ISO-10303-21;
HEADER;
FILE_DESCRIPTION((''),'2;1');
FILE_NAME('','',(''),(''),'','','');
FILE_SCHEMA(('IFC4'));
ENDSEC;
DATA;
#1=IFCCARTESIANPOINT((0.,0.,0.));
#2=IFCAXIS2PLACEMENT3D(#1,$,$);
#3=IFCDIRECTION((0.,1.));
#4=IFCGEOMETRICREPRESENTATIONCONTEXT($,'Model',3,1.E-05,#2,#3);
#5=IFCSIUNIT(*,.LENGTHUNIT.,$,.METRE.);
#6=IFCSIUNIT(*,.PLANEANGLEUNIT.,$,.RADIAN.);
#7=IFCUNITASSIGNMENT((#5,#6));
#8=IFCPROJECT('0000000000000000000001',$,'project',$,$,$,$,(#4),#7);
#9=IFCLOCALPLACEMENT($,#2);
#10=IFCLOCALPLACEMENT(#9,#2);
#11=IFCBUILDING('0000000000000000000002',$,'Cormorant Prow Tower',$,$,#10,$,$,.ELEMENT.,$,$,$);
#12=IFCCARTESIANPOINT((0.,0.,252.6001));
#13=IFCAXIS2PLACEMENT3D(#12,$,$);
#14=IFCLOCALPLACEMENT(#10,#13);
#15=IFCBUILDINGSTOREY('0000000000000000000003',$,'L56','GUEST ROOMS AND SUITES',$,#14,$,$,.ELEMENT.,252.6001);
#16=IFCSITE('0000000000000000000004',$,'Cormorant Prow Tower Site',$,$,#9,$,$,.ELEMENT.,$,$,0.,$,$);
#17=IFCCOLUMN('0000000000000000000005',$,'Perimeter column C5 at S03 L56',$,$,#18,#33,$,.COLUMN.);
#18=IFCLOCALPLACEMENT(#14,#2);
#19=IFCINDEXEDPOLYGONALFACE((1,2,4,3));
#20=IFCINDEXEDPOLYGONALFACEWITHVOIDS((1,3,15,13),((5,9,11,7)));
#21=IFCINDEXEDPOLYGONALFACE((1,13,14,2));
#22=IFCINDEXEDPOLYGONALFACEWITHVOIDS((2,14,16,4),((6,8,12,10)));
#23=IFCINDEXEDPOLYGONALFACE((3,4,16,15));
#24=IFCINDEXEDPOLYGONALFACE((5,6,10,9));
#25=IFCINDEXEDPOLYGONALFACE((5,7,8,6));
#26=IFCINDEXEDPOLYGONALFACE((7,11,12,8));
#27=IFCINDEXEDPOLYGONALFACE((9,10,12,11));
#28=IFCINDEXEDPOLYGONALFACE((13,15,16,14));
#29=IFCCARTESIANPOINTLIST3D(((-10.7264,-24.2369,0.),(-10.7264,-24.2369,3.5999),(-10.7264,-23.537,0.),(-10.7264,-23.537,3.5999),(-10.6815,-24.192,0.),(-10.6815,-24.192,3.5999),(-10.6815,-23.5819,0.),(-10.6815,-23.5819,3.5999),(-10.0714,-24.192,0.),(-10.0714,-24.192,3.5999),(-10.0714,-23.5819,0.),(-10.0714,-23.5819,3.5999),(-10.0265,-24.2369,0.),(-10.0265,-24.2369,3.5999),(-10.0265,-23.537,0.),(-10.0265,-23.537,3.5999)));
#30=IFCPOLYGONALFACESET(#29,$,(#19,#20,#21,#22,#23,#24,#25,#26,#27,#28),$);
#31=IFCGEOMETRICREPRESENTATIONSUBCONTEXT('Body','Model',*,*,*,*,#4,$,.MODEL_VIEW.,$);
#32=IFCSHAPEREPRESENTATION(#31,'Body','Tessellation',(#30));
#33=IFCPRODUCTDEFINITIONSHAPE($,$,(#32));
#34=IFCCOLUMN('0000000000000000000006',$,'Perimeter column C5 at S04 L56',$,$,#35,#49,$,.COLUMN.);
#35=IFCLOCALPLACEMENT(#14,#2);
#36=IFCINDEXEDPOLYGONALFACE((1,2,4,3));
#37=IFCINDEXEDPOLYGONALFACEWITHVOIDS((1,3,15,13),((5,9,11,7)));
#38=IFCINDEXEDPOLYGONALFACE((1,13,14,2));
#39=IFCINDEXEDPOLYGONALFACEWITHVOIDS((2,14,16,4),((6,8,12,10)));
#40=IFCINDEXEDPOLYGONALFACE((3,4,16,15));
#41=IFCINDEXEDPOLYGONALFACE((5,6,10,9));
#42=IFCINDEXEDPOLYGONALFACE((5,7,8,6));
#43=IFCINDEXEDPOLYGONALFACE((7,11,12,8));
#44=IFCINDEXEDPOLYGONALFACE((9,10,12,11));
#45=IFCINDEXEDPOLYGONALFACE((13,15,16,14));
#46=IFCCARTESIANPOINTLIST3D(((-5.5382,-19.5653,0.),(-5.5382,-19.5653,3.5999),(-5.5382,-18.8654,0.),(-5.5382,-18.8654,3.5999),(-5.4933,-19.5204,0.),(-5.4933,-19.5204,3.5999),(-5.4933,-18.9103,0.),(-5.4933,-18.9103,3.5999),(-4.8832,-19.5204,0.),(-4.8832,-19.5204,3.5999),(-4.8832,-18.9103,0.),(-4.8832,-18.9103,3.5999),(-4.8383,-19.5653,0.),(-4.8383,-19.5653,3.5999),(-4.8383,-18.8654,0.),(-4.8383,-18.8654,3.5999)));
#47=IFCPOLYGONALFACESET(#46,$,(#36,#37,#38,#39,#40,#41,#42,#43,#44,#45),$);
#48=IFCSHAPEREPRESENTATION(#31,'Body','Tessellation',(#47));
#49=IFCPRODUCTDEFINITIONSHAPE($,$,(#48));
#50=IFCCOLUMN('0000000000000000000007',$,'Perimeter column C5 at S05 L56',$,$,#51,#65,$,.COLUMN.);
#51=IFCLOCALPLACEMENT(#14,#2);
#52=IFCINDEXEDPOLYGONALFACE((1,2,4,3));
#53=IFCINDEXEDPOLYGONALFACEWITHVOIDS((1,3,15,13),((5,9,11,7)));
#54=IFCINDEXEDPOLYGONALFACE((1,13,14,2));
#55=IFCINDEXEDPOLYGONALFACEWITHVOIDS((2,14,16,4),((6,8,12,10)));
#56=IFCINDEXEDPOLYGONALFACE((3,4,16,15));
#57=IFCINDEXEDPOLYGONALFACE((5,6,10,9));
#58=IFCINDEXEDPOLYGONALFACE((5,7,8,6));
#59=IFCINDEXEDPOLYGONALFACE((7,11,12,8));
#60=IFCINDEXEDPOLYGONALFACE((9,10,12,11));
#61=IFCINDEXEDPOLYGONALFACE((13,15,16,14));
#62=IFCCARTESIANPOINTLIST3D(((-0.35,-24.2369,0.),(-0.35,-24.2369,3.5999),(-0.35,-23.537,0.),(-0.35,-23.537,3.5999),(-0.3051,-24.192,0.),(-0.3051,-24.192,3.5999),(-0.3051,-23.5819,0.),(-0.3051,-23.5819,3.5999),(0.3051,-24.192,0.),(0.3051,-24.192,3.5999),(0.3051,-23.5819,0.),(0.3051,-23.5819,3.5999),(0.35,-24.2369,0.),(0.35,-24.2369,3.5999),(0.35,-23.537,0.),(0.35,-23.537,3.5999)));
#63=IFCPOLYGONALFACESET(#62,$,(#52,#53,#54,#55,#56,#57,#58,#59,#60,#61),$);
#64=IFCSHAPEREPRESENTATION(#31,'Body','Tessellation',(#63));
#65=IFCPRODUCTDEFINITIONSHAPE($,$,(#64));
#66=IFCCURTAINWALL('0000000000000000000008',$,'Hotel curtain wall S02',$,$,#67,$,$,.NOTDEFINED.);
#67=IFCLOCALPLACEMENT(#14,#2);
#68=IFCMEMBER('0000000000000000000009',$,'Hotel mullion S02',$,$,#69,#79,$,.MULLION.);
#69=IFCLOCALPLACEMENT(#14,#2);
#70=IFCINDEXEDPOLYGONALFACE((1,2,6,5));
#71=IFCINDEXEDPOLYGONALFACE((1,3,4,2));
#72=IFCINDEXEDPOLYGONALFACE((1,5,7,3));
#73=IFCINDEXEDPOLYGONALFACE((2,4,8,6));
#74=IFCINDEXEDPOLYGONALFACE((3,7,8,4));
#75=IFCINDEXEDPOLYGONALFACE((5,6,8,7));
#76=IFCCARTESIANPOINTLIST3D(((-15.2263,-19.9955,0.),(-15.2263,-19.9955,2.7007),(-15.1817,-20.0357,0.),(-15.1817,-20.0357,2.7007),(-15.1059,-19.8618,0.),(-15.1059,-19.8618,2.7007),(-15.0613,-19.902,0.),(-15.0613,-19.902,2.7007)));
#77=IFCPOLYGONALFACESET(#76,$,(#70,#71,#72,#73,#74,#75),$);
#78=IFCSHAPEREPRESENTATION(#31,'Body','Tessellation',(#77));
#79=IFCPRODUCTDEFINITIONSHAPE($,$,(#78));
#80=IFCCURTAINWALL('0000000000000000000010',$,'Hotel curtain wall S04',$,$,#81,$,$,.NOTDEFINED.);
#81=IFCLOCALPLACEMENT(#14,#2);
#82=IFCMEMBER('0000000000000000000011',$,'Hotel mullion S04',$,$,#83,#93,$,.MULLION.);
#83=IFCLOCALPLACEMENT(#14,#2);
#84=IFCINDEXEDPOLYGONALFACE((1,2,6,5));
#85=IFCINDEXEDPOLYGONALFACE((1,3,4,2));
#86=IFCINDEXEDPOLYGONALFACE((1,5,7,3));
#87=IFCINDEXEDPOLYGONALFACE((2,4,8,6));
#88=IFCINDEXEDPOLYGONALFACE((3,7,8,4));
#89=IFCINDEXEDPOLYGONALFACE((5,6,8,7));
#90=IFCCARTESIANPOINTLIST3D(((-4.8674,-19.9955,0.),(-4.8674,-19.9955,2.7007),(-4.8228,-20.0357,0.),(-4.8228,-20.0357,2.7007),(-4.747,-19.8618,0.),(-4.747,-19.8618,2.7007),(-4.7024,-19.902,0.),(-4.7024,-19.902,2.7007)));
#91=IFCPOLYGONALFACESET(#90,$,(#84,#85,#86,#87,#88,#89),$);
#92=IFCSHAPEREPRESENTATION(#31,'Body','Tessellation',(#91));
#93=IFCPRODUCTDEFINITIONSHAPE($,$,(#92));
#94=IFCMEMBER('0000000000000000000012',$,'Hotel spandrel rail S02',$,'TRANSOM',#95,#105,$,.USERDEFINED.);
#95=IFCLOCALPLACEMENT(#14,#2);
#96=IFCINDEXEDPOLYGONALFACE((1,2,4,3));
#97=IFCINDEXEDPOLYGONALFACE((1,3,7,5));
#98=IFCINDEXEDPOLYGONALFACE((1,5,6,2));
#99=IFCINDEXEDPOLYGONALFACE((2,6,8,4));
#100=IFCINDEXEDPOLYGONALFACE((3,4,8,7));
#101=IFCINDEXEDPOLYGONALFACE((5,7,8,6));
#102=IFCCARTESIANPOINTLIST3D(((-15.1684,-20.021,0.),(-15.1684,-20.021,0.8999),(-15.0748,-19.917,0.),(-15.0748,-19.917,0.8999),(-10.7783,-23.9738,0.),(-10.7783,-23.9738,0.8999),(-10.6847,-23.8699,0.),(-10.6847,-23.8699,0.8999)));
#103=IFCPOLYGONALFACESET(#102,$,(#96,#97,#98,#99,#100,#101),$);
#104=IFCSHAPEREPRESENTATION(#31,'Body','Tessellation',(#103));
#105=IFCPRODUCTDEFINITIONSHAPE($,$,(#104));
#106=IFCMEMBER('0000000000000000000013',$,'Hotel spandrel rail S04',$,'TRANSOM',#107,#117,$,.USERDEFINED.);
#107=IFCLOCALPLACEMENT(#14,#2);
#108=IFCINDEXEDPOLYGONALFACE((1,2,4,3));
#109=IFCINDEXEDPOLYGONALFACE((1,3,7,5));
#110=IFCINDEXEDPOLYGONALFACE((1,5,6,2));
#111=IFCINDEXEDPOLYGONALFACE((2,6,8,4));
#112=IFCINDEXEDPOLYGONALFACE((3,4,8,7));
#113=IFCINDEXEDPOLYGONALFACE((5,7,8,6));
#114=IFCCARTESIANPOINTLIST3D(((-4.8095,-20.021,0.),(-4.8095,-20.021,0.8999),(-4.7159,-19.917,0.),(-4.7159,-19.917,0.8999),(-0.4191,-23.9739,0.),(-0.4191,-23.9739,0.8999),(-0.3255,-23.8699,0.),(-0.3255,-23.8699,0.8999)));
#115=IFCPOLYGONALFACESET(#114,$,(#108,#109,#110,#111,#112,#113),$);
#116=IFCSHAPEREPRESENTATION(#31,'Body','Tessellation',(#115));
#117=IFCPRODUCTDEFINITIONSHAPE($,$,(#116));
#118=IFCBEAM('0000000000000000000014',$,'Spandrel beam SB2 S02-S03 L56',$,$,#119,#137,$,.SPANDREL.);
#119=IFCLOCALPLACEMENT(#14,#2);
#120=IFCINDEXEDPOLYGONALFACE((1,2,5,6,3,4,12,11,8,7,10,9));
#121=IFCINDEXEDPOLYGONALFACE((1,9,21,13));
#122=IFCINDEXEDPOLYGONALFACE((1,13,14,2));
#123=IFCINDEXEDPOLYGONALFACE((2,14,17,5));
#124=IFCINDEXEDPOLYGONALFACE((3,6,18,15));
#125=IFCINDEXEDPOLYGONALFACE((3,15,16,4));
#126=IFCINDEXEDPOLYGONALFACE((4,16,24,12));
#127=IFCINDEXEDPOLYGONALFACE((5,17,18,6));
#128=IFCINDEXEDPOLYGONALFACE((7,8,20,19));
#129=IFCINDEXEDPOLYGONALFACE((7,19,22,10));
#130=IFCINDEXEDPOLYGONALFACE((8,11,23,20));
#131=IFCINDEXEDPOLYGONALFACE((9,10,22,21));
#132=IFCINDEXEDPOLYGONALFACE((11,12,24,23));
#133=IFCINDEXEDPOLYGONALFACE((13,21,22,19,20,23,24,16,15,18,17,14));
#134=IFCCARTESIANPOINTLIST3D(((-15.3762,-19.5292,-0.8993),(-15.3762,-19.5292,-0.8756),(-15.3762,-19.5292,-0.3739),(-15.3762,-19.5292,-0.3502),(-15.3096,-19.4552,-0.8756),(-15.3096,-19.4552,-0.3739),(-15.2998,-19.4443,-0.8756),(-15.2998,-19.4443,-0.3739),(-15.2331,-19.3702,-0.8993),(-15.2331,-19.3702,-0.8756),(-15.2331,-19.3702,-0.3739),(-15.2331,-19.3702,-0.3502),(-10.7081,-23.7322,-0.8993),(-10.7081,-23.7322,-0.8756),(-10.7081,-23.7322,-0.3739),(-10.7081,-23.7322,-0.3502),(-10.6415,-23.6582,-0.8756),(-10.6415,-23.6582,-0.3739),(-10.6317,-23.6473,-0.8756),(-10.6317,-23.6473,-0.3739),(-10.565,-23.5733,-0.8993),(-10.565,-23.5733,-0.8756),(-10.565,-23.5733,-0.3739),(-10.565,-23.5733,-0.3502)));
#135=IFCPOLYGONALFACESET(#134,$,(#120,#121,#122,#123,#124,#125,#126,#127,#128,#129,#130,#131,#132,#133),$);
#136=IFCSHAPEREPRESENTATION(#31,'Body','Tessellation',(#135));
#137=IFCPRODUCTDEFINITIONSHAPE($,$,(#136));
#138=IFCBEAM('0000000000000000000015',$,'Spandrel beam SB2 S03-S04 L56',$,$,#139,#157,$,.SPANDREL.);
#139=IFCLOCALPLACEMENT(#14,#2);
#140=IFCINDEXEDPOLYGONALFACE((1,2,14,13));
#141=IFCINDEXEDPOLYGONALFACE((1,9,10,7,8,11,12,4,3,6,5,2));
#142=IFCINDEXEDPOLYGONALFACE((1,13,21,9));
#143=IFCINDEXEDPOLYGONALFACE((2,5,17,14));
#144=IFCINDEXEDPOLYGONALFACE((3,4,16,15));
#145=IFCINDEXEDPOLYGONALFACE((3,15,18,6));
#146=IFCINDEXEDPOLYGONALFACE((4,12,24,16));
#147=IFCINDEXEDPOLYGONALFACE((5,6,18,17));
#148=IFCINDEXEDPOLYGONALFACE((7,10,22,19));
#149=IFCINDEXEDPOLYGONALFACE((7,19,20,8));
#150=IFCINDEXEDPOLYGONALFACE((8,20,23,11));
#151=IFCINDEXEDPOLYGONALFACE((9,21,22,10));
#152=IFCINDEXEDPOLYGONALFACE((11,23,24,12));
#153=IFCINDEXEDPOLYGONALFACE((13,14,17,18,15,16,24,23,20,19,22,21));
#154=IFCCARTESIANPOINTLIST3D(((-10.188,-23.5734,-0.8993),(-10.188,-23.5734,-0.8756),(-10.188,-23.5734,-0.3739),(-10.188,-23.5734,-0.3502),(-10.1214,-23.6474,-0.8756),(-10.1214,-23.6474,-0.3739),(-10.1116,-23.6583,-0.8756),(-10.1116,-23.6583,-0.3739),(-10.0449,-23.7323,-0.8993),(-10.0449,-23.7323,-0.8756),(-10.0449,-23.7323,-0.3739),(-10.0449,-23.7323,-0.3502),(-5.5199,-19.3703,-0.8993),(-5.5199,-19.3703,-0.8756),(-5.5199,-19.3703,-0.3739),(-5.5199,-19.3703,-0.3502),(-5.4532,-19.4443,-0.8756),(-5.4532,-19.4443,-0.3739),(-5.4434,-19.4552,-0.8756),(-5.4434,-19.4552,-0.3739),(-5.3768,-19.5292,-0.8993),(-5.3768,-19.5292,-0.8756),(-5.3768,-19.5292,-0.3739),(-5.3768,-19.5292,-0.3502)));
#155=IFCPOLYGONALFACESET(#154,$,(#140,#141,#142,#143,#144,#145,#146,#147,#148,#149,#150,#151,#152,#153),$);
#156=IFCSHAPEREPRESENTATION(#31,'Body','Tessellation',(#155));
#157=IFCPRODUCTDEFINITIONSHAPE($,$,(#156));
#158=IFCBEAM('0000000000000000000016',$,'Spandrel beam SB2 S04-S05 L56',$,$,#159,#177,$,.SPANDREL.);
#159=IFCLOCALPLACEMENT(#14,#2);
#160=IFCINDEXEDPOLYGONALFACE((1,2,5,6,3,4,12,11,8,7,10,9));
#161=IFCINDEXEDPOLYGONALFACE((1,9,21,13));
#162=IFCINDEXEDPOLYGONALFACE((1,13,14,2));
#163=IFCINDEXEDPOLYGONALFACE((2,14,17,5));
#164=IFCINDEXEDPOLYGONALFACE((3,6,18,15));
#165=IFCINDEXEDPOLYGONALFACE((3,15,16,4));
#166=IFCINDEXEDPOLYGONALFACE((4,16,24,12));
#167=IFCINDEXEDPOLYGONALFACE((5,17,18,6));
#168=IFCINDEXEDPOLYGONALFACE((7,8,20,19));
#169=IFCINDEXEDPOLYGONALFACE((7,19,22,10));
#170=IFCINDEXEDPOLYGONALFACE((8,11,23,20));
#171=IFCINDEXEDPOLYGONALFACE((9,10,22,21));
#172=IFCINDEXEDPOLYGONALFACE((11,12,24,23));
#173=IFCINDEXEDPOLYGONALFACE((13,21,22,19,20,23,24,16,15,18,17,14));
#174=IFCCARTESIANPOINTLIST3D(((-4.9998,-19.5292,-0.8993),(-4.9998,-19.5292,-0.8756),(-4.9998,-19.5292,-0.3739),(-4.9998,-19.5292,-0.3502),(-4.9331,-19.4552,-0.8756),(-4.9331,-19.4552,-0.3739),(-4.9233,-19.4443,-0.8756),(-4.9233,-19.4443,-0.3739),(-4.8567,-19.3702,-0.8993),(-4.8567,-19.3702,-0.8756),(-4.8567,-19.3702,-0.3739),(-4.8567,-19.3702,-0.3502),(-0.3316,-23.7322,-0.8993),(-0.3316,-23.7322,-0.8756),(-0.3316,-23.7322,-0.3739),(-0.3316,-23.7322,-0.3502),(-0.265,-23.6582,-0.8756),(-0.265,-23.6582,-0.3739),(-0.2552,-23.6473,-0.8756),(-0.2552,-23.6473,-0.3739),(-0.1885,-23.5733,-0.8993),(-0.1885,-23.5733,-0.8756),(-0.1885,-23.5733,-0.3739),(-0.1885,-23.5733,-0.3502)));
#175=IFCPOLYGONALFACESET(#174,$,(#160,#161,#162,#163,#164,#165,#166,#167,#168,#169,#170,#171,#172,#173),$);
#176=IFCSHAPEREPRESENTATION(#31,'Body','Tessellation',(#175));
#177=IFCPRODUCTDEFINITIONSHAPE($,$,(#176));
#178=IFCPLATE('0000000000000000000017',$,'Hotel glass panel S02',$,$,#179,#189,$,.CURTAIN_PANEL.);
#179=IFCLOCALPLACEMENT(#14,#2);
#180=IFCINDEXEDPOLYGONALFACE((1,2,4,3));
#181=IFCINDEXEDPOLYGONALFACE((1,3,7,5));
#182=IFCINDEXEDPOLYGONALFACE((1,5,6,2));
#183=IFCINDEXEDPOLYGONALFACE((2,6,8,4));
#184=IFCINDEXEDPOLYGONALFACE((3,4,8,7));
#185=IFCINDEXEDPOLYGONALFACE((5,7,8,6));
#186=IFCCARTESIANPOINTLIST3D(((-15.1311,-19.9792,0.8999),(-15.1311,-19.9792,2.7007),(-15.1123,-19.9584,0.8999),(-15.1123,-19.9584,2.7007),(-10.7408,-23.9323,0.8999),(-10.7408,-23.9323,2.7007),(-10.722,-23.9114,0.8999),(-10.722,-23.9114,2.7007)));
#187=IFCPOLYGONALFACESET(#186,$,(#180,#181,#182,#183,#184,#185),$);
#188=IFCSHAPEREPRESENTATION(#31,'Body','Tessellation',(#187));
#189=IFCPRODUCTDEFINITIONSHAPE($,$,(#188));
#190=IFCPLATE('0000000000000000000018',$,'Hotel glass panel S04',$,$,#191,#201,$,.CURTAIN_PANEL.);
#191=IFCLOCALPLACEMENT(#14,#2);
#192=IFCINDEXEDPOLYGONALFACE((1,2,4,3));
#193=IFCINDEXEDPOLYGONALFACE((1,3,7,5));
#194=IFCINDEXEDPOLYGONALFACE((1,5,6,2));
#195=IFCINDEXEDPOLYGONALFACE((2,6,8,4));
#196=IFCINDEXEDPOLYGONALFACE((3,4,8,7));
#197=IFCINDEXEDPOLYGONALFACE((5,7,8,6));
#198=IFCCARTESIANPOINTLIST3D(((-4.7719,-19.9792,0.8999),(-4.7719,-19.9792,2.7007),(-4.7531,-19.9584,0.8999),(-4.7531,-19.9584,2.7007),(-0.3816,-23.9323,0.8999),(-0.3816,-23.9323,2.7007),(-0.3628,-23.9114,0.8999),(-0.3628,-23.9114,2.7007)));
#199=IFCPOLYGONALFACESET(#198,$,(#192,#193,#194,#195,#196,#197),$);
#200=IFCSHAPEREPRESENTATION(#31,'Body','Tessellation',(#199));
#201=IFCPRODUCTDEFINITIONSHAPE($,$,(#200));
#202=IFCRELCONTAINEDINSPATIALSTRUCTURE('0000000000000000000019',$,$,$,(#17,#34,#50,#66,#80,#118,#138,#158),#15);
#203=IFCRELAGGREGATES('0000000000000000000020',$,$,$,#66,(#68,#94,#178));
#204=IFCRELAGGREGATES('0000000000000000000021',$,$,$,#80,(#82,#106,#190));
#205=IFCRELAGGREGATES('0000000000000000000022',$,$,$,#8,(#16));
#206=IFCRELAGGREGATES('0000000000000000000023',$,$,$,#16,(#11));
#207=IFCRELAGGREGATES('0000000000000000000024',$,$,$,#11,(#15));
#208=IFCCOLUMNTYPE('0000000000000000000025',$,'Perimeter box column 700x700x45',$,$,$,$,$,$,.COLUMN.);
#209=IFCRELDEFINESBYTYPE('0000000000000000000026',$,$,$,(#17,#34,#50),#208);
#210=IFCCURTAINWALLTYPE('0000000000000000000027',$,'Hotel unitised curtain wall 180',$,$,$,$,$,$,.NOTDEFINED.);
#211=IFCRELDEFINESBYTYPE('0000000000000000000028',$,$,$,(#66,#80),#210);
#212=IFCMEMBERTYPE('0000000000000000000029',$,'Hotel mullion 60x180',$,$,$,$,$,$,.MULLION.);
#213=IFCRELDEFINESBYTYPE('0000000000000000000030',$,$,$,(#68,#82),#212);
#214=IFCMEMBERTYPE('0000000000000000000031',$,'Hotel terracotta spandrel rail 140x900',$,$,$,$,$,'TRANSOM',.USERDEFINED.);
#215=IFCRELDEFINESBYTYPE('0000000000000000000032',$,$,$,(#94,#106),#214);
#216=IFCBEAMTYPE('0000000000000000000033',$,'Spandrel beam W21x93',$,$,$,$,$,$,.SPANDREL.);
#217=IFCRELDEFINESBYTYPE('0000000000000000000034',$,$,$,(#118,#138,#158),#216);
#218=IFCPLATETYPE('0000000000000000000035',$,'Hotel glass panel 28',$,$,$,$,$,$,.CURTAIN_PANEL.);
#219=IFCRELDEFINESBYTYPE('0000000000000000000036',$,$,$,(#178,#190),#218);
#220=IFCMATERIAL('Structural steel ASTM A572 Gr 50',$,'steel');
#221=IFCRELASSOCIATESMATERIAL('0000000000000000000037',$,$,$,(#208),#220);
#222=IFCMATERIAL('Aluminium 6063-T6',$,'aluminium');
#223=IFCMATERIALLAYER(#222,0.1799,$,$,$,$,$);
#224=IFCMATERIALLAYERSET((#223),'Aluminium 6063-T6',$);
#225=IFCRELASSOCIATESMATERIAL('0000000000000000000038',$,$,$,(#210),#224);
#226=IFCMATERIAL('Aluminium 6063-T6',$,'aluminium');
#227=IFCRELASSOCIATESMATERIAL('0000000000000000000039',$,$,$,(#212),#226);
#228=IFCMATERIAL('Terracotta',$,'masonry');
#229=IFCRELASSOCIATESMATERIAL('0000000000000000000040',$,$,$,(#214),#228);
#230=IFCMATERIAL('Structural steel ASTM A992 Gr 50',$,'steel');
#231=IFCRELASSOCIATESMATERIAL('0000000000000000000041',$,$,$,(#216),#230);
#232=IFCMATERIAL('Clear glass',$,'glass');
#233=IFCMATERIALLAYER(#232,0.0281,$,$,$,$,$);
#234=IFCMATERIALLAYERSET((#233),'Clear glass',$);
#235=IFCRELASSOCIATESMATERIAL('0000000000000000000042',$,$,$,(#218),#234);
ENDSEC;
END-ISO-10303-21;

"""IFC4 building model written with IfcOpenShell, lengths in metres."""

from ifc_helpers import new_model, si_unit, direction, frame, origin, origin_2d, place, context, subcontext, project, spatial, rectangle, hollow_rectangle, i_section, extrude, material, layer, layer_set, material_profile, profile_set, type_object, element, aggregate, save


model = new_model("IFC4")

# Units and contexts
model_context = context("Model", 3, precision=1e-05, world=origin(), true_north=direction((0.0, 1.0)))
body_context = subcontext(model_context, "Body", "Model", "MODEL_VIEW")
ifc_project = project(units=[si_unit("LENGTHUNIT", "METRE"), si_unit("PLANEANGLEUNIT", "RADIAN")], contexts=[model_context])

# Site, building, storey
site_placement = place(None, origin())
site = spatial("IfcSite", under=ifc_project, at=site_placement, Name="Cormorant Prow Tower Site", CompositionType="ELEMENT", RefElevation=0.0)
building_placement = place(site_placement, origin())
building = spatial("IfcBuilding", under=site, at=building_placement, Name="Cormorant Prow Tower", CompositionType="ELEMENT")
storey_placement = place(building_placement, frame((0.0, 0.0, 252.6001)))
storey = spatial("IfcBuildingStorey", under=building, at=storey_placement, Name="L56", Description="GUEST ROOMS AND SUITES", CompositionType="ELEMENT", Elevation=252.6001)

# Columns
ifc_material_1 = material(Name="Structural steel ASTM A572 Gr 50", Category="steel")
ifc_material_profile_1 = material_profile(ifc_material_1, hollow_rectangle(XDim=0.7, YDim=0.7, WallThickness=0.0449, at=origin_2d()), Name="Box 700x700x45")
ifc_profile_set_1 = profile_set([ifc_material_profile_1], Name="Structural steel ASTM A572 Gr 50")
column_type = type_object("IfcColumnType", Name="Perimeter box column 700x700x45", PredefinedType="COLUMN", material=ifc_profile_set_1)
for number, where, z_axis, x_axis, name in (
    (1, (-10.3765, -23.887, 0.0), (0.0, 0.0, 1.0), (1.0, 0.0, 0.0), "Perimeter column C5 at S03 L56"),
    (2, (-5.1882, -19.2153, 0.0), (0.0, 0.0, 1.0), (1.0, 0.0, 0.0), "Perimeter column C5 at S04 L56"),
    (3, (0.0, -23.887, 0.0), (0.0, 0.0, 1.0), (1.0, 0.0, 0.0), "Perimeter column C5 at S05 L56"),
):
    element("IfcColumn", number, at=place(storey_placement, frame(where, z_axis=z_axis, x_axis=x_axis)), inside=storey, type_object=column_type, Name=name, PredefinedType="COLUMN", context=body_context, shape_type="SweptSolid", body=[
        extrude(hollow_rectangle(XDim=0.7, YDim=0.7, WallThickness=0.0449, at=origin_2d()), origin(), (0.0, 0.0, 1.0), 3.5999),
    ])

# Curtain walls, members
ifc_material_2 = material(Name="Aluminium 6063-T6", Category="aluminium")
ifc_layer_1 = layer(ifc_material_2, 0.1799)
ifc_layer_set_1 = layer_set([ifc_layer_1], Name="Aluminium 6063-T6")
curtain_wall_type = type_object("IfcCurtainWallType", Name="Hotel unitised curtain wall 180", PredefinedType="NOTDEFINED", material=ifc_layer_set_1)
curtain_wall_1_placement = place(storey_placement, origin())
curtain_wall_1 = element("IfcCurtainWall", 4, at=curtain_wall_1_placement, inside=storey, type_object=curtain_wall_type, Name="Hotel curtain wall S02", PredefinedType="NOTDEFINED")
ifc_material_3 = material(Name="Aluminium 6063-T6", Category="aluminium")
ifc_material_profile_2 = material_profile(ifc_material_3, rectangle(XDim=0.1799, YDim=0.0601, at=origin_2d()), Name="Hotel mullion 60x180")
ifc_profile_set_2 = profile_set([ifc_material_profile_2], Name="Aluminium 6063-T6")
member_type_1 = type_object("IfcMemberType", Name="Hotel mullion 60x180", PredefinedType="MULLION", material=ifc_profile_set_2)
member_1_placement = place(storey_placement, frame((-15.1438, -19.9487, 0.0), z_axis=(0.0, 0.0, 1.0), x_axis=(0.669131, 0.743145, 0.0)))
member_1 = element("IfcMember", 5, at=member_1_placement, type_object=member_type_1, Name="Hotel mullion S02", PredefinedType="MULLION", context=body_context, shape_type="SweptSolid", body=[
    extrude(rectangle(XDim=0.1799, YDim=0.0601, at=origin_2d()), origin(), (0.0, 0.0, 1.0), 2.7007),
])
curtain_wall_2_placement = place(storey_placement, origin())
curtain_wall_2 = element("IfcCurtainWall", 6, at=curtain_wall_2_placement, inside=storey, type_object=curtain_wall_type, Name="Hotel curtain wall S04", PredefinedType="NOTDEFINED")
member_2_placement = place(storey_placement, frame((-4.7849, -19.9487, 0.0), z_axis=(0.0, 0.0, 1.0), x_axis=(0.669131, 0.743145, 0.0)))
member_2 = element("IfcMember", 7, at=member_2_placement, type_object=member_type_1, Name="Hotel mullion S04", PredefinedType="MULLION", context=body_context, shape_type="SweptSolid", body=[
    extrude(rectangle(XDim=0.1799, YDim=0.0601, at=origin_2d()), origin(), (0.0, 0.0, 1.0), 2.7007),
])

# Members
ifc_material_4 = material(Name="Terracotta", Category="masonry")
ifc_material_profile_3 = material_profile(ifc_material_4, rectangle(XDim=0.1399, YDim=0.8999, at=origin_2d()), Name="Hotel terracotta spandrel rail 140x900")
ifc_profile_set_3 = profile_set([ifc_material_profile_3], Name="Terracotta")
member_type_2 = type_object("IfcMemberType", Name="Hotel terracotta spandrel rail 140x900", ElementType="TRANSOM", PredefinedType="USERDEFINED", material=ifc_profile_set_3)
member_3_placement = place(storey_placement, frame((-15.1216, -19.969, 0.45), z_axis=(0.743146, -0.669129, 0.0), x_axis=(0.669129, 0.743146, 0.0)))
member_3 = element("IfcMember", 8, at=member_3_placement, type_object=member_type_2, Name="Hotel spandrel rail S02", ObjectType="TRANSOM", PredefinedType="USERDEFINED", context=body_context, shape_type="SweptSolid", body=[
    extrude(rectangle(XDim=0.1399, YDim=0.8999, at=origin_2d()), origin(), (0.0, 0.0, 1.0), 5.9075),
])
member_4_placement = place(storey_placement, frame((-4.7627, -19.969, 0.45), z_axis=(0.743165, -0.669109, 0.0), x_axis=(0.669109, 0.743165, 0.0)))
member_4 = element("IfcMember", 9, at=member_4_placement, type_object=member_type_2, Name="Hotel spandrel rail S04", ObjectType="TRANSOM", PredefinedType="USERDEFINED", context=body_context, shape_type="SweptSolid", body=[
    extrude(rectangle(XDim=0.1399, YDim=0.8999, at=origin_2d()), origin(), (0.0, 0.0, 1.0), 5.9077),
])

# Beams
ifc_material_5 = material(Name="Structural steel ASTM A992 Gr 50", Category="steel")
ifc_material_profile_4 = material_profile(ifc_material_5, i_section(OverallWidth=0.2139, OverallDepth=0.5491, WebThickness=0.0146, FlangeThickness=0.0237, at=origin_2d()), Name="W21x93")
ifc_profile_set_4 = profile_set([ifc_material_profile_4], Name="Structural steel ASTM A992 Gr 50")
beam_type = type_object("IfcBeamType", Name="Spandrel beam W21x93", PredefinedType="SPANDREL", material=ifc_profile_set_4)
for number, where, z_axis, x_axis, name in (
    (10, (-15.3047, -19.4497, -0.6248), (0.743157, -0.669117, 0.0), (0.669117, 0.743157, 0.0), "Spandrel beam SB2 S02-S03 L56"),
    (11, (-10.1165, -23.6528, -0.6248), (0.743157, 0.669117, 0.0), (-0.669117, 0.743157, 0.0), "Spandrel beam SB2 S03-S04 L56"),
    (12, (-4.9282, -19.4497, -0.6248), (0.743157, -0.669117, 0.0), (0.669117, 0.743157, 0.0), "Spandrel beam SB2 S04-S05 L56"),
):
    element("IfcBeam", number, at=place(storey_placement, frame(where, z_axis=z_axis, x_axis=x_axis)), inside=storey, type_object=beam_type, Name=name, PredefinedType="SPANDREL", context=body_context, shape_type="SweptSolid", body=[
        extrude(i_section(OverallWidth=0.2139, OverallDepth=0.5491, WebThickness=0.0146, FlangeThickness=0.0237, at=origin_2d()), origin(), (0.0, 0.0, 1.0), 6.2815),
    ])

# Plates
ifc_material_6 = material(Name="Clear glass", Category="glass")
ifc_layer_2 = layer(ifc_material_6, 0.0281)
ifc_layer_set_2 = layer_set([ifc_layer_2], Name="Clear glass")
plate_type = type_object("IfcPlateType", Name="Hotel glass panel 28", PredefinedType="CURTAIN_PANEL", material=ifc_layer_set_2)
plate_1_placement = place(storey_placement, frame((-12.9265, -21.9453, 0.8999), z_axis=(0.0, 0.0, 1.0), x_axis=(0.743145, -0.669131, 0.0)))
plate_1 = element("IfcPlate", 13, at=plate_1_placement, type_object=plate_type, Name="Hotel glass panel S02", PredefinedType="CURTAIN_PANEL", context=body_context, shape_type="SweptSolid", body=[
    extrude(rectangle(XDim=5.9077, YDim=0.0281, at=origin_2d()), origin(), (0.0, 0.0, 1.0), 1.8008),
])
aggregate(curtain_wall_1, [member_1, member_3, plate_1])
plate_2_placement = place(storey_placement, frame((-2.5674, -21.9453, 0.8999), z_axis=(0.0, 0.0, 1.0), x_axis=(0.743145, -0.669131, 0.0)))
plate_2 = element("IfcPlate", 14, at=plate_2_placement, type_object=plate_type, Name="Hotel glass panel S04", PredefinedType="CURTAIN_PANEL", context=body_context, shape_type="SweptSolid", body=[
    extrude(rectangle(XDim=5.9077, YDim=0.0281, at=origin_2d()), origin(), (0.0, 0.0, 1.0), 1.8008),
])
aggregate(curtain_wall_2, [member_2, member_4, plate_2])

save(model, "model.ifc")
